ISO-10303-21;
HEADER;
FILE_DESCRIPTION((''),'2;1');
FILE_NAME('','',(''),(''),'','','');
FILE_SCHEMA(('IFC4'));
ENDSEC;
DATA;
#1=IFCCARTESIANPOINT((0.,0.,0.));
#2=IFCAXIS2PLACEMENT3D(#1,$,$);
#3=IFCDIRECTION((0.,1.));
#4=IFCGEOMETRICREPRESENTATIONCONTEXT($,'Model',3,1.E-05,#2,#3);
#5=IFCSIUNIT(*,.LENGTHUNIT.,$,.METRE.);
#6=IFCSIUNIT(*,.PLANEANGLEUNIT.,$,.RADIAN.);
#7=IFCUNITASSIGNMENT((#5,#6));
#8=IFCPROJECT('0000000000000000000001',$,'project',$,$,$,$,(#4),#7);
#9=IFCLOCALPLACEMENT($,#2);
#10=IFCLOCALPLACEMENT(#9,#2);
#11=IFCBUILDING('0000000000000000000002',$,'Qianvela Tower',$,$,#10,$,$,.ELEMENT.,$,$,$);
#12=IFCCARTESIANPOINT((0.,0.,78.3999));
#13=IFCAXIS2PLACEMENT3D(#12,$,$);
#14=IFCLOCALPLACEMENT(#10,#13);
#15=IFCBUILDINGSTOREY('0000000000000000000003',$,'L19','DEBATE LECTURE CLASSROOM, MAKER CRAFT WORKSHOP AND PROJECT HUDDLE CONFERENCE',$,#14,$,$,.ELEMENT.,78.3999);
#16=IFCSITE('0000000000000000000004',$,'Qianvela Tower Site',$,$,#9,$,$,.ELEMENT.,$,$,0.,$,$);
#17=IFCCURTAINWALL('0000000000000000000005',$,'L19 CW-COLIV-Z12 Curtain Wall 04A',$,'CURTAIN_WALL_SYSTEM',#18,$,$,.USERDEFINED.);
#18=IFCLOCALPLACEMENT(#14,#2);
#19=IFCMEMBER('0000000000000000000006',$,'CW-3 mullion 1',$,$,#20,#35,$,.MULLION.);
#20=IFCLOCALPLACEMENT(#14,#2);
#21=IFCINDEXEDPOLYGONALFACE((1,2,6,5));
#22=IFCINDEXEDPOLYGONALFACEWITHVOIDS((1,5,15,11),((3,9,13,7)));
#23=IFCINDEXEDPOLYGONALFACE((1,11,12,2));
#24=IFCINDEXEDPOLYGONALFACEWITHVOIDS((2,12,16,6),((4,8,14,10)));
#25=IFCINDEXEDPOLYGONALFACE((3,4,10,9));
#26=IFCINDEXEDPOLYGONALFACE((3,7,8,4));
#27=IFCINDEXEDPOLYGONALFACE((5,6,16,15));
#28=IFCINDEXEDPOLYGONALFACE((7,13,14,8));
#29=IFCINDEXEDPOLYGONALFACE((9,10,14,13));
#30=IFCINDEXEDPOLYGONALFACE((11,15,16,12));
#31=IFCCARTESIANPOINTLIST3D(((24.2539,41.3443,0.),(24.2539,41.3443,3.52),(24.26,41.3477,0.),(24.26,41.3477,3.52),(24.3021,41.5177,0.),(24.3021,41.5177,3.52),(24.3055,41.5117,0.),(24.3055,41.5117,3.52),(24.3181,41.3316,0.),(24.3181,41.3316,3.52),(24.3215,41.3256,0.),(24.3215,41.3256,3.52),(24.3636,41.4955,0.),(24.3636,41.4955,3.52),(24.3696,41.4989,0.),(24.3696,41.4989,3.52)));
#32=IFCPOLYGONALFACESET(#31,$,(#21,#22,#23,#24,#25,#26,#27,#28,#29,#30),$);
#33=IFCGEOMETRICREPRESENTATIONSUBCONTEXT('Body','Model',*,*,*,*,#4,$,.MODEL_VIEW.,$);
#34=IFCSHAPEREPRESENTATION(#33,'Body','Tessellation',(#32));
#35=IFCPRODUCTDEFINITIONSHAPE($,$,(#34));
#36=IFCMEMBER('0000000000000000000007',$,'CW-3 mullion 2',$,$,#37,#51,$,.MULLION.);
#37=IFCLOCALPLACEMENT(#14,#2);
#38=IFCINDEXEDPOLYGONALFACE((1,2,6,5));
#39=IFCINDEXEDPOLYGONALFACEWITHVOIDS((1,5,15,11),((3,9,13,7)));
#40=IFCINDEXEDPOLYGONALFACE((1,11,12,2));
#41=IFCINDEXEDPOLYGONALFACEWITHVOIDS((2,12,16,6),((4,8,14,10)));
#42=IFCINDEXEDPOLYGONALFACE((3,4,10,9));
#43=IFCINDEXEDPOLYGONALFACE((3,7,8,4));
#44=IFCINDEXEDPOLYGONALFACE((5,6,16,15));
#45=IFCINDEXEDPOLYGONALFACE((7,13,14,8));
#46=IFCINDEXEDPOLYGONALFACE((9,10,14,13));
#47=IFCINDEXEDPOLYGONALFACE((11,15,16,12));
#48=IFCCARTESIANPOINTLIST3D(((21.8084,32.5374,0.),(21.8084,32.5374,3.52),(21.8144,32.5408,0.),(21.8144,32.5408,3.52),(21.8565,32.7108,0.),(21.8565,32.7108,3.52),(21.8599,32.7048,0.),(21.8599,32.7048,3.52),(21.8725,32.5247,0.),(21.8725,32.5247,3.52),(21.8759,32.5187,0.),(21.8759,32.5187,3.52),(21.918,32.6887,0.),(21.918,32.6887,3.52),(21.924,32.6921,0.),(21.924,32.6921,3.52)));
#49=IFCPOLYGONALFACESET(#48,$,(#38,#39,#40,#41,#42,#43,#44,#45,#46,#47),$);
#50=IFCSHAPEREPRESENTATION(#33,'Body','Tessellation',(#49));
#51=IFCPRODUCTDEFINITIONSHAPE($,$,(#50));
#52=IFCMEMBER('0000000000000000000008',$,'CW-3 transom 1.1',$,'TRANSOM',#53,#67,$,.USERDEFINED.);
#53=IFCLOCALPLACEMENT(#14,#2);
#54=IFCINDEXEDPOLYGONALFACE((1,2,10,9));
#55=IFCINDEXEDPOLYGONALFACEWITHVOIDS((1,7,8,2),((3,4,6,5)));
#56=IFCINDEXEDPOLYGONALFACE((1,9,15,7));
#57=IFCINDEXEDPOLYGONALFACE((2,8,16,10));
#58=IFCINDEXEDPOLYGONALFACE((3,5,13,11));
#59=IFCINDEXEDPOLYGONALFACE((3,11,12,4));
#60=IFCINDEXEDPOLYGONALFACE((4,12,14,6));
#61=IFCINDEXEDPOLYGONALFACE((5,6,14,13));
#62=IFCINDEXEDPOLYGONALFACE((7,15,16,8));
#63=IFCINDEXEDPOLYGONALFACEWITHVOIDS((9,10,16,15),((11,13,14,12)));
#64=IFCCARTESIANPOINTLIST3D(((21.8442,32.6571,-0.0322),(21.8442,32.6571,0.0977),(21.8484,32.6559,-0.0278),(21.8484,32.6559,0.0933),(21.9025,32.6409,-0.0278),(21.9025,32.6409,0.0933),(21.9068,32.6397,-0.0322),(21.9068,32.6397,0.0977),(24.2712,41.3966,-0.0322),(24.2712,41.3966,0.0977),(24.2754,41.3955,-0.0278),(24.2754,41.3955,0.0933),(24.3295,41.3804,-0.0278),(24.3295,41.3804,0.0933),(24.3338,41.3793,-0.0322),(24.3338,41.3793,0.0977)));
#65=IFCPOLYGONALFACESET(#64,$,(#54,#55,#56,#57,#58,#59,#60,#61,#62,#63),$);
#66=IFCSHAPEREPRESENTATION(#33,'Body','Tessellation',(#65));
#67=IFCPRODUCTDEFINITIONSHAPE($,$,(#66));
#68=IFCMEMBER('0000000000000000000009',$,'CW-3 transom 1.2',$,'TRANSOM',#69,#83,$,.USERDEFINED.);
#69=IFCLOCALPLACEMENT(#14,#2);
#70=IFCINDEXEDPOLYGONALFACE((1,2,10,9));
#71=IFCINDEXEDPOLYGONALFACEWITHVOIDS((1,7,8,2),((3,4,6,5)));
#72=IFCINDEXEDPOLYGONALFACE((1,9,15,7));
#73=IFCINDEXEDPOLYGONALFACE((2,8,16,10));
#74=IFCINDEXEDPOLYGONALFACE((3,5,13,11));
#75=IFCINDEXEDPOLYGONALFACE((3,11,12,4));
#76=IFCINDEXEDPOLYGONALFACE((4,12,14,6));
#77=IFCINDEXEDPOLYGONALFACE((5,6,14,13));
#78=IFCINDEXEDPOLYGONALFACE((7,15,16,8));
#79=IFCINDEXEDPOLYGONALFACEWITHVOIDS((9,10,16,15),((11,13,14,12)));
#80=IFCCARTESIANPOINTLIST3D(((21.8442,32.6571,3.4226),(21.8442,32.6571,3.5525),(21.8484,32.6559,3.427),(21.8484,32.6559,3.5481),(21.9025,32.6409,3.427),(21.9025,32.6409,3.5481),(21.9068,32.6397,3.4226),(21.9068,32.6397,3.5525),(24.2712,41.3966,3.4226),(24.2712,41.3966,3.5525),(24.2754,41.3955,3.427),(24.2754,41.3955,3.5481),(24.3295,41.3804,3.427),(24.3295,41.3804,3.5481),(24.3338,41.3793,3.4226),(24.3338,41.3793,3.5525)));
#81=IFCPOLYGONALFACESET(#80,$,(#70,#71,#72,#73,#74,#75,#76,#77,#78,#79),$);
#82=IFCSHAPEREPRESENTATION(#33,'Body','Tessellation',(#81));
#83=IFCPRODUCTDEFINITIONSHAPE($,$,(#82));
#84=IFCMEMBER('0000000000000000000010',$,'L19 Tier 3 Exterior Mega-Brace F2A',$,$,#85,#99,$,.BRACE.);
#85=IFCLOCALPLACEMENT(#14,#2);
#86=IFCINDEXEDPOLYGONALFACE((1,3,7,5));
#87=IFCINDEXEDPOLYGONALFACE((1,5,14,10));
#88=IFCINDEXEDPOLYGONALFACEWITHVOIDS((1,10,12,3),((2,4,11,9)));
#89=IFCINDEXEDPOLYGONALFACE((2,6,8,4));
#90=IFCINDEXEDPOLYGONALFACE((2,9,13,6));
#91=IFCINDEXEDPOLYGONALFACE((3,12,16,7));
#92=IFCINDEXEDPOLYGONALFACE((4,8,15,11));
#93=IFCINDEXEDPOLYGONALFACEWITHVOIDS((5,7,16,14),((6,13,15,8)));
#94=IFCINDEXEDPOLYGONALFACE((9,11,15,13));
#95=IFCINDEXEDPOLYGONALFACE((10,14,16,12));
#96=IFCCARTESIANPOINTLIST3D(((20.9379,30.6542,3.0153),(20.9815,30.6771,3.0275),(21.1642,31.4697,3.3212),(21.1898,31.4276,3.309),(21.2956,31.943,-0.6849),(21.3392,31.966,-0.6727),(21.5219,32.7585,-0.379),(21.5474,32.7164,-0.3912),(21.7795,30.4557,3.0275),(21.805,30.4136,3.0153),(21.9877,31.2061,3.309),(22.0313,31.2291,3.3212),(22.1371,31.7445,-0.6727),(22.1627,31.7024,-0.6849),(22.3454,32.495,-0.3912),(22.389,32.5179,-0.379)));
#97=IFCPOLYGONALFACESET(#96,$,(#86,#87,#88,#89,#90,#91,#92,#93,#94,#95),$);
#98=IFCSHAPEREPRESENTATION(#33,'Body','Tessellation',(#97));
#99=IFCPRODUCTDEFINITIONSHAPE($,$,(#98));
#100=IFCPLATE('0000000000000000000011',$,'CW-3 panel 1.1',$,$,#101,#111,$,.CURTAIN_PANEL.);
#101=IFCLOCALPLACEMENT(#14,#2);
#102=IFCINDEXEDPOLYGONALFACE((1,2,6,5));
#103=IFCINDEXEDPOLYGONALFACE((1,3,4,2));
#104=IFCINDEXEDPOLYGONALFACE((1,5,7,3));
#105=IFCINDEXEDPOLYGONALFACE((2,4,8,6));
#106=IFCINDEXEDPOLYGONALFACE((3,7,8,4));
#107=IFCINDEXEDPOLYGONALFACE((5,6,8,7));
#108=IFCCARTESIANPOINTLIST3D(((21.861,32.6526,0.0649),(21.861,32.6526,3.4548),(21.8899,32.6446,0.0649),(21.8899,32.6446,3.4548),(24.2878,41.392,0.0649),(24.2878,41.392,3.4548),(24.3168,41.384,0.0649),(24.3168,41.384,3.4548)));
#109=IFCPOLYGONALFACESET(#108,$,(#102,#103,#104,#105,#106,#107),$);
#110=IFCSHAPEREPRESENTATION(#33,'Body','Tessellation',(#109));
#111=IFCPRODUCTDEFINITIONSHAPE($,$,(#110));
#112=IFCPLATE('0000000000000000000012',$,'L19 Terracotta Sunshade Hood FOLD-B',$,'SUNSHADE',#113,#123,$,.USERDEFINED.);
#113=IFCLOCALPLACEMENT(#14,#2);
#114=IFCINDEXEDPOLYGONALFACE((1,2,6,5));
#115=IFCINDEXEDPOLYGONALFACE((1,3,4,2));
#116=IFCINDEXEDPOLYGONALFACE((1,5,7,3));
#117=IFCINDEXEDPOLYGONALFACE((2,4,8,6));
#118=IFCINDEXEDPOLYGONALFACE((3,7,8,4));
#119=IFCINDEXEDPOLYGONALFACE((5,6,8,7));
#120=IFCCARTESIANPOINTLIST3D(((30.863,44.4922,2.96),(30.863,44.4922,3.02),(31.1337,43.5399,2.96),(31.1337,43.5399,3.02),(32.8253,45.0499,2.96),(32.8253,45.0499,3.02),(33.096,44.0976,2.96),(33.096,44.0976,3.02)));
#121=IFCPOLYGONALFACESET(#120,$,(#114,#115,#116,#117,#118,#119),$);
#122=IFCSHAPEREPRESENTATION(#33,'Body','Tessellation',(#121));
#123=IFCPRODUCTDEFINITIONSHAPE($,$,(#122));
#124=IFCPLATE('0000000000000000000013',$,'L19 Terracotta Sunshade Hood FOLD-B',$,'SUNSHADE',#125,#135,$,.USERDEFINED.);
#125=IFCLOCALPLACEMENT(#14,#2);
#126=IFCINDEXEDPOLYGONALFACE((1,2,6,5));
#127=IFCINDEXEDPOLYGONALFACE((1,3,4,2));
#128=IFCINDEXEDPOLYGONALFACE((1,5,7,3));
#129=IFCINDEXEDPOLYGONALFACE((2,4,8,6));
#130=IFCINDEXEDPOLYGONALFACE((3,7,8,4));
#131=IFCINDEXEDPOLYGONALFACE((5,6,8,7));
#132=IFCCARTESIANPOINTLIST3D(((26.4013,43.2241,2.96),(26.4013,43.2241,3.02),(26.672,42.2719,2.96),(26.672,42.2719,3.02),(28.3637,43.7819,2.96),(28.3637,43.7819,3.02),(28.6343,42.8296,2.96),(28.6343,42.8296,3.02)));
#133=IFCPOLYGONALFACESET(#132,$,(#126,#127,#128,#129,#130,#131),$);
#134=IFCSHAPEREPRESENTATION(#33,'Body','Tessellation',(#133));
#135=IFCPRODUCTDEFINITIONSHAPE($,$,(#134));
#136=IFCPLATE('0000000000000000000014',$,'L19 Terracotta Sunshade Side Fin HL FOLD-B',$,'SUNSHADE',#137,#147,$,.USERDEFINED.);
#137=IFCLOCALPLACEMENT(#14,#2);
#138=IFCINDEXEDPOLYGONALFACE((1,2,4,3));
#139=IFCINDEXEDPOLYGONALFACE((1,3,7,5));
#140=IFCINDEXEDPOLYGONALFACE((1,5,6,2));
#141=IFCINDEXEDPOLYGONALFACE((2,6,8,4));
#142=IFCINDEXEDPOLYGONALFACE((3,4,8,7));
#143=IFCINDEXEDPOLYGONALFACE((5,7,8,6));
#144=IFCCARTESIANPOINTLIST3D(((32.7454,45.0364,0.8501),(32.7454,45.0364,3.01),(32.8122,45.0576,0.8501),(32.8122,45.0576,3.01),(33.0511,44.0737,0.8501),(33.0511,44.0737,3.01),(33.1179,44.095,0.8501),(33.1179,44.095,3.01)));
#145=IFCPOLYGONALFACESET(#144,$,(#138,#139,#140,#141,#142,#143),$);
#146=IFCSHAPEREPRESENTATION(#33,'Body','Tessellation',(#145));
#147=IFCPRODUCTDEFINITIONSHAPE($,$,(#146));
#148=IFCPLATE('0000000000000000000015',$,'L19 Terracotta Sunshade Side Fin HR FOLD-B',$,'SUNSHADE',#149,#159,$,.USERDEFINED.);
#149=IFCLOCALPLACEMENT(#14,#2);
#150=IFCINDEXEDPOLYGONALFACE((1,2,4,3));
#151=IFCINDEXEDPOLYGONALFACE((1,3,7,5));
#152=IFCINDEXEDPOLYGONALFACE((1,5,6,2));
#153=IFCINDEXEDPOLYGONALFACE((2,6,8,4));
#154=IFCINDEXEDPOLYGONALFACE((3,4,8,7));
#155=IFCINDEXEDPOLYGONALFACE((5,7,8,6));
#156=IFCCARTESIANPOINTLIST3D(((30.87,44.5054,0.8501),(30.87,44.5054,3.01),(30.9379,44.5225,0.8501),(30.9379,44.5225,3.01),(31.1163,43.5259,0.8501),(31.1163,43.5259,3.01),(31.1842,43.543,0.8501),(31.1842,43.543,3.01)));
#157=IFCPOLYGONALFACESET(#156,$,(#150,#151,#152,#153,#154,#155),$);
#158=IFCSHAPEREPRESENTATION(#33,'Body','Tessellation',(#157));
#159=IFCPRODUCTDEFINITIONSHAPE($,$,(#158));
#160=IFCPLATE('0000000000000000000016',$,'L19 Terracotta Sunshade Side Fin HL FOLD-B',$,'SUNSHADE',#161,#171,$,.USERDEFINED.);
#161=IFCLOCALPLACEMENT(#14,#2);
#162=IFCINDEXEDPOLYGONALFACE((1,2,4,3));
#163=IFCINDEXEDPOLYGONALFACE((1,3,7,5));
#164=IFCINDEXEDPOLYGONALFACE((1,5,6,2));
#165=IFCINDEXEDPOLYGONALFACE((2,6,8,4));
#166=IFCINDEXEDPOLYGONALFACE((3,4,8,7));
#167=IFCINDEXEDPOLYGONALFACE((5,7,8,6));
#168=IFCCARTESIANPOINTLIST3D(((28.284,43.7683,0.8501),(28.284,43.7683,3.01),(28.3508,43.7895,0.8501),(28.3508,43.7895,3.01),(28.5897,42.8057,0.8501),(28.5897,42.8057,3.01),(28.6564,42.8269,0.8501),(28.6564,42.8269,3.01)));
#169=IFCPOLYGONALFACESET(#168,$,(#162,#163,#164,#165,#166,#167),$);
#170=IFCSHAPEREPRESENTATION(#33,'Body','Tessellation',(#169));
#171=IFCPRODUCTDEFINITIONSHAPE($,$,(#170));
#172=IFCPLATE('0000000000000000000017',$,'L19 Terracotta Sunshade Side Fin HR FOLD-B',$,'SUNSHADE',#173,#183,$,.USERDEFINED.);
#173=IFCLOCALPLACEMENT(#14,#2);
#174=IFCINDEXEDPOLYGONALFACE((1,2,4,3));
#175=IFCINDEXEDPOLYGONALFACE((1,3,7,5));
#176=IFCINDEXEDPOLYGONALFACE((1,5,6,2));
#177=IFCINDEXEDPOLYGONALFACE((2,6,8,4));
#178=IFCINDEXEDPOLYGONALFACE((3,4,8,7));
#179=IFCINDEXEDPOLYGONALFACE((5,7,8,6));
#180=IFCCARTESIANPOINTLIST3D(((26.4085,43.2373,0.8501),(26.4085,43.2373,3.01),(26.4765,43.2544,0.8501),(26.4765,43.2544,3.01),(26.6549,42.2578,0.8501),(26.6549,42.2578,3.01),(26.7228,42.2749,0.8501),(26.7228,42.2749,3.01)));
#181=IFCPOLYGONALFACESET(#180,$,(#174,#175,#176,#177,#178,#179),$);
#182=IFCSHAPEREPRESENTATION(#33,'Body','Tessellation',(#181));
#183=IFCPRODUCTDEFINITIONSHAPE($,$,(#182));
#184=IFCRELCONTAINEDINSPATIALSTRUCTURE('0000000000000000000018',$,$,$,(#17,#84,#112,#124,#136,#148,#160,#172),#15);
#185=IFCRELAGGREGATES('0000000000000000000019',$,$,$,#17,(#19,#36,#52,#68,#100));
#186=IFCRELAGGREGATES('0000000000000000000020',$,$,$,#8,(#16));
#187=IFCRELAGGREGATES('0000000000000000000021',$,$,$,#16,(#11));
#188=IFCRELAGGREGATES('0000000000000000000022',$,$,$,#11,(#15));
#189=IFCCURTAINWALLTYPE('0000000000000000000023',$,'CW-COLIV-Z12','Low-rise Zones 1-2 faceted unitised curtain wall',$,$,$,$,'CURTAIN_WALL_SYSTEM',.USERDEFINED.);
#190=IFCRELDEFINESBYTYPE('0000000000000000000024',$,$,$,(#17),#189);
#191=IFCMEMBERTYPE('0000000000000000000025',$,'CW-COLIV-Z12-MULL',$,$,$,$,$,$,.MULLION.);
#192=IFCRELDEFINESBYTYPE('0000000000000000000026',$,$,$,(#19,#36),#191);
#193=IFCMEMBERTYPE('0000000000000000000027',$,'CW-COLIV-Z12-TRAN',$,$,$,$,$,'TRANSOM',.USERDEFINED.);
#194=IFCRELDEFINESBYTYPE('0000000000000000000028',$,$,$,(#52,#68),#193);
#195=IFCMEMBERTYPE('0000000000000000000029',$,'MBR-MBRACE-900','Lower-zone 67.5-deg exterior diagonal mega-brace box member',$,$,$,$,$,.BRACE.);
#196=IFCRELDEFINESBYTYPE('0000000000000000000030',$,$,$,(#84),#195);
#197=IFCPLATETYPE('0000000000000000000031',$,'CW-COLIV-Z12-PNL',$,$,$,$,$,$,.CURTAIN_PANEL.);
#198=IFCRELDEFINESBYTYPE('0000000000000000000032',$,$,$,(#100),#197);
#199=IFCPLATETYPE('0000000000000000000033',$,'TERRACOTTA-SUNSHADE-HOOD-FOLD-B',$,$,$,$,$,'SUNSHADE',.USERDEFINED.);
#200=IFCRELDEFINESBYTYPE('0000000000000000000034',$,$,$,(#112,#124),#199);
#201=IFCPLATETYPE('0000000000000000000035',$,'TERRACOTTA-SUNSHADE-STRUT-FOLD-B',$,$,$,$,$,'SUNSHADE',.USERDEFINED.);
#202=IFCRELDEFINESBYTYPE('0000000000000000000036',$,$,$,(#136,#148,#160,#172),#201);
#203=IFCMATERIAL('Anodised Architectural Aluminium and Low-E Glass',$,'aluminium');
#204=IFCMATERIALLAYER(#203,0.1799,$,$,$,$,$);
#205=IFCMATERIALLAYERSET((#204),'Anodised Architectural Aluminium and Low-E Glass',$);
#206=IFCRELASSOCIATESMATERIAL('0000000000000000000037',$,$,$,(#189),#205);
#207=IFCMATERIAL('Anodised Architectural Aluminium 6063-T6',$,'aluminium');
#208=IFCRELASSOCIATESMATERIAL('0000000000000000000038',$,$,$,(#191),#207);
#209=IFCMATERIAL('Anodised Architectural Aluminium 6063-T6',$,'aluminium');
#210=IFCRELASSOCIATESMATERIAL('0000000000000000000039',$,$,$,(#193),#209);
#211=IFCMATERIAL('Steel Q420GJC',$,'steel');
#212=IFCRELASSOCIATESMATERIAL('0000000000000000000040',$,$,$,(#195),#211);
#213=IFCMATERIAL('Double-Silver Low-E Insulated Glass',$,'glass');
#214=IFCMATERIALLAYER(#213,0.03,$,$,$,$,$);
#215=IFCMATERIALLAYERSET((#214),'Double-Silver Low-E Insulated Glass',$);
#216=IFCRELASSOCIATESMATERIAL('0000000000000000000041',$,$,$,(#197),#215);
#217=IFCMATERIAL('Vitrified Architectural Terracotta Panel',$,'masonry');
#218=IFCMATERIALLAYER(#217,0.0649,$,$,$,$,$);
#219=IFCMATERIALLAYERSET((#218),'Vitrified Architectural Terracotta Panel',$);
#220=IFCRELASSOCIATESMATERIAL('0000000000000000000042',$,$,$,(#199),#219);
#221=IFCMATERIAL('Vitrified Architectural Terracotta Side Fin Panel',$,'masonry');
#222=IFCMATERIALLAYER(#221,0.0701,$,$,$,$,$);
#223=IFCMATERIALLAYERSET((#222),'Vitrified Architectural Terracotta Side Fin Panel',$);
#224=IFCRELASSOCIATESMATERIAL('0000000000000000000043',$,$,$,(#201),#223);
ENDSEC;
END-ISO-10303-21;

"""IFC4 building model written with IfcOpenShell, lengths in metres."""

from ifc_helpers import new_model, si_unit, direction, frame, origin, origin_2d, place, context, subcontext, project, spatial, rectangle, hollow_rectangle, extrude, material, layer, layer_set, material_profile, profile_set, type_object, element, aggregate, save


model = new_model("IFC4")

# Units and contexts
model_context = context("Model", 3, precision=1e-05, world=origin(), true_north=direction((0.0, 1.0)))
body_context = subcontext(model_context, "Body", "Model", "MODEL_VIEW")
ifc_project = project(units=[si_unit("LENGTHUNIT", "METRE"), si_unit("PLANEANGLEUNIT", "RADIAN")], contexts=[model_context])

# Site, building, storey
site_placement = place(None, origin())
site = spatial("IfcSite", under=ifc_project, at=site_placement, Name="Qianvela Tower Site", CompositionType="ELEMENT", RefElevation=0.0)
building_placement = place(site_placement, origin())
building = spatial("IfcBuilding", under=site, at=building_placement, Name="Qianvela Tower", CompositionType="ELEMENT")
storey_placement = place(building_placement, frame((0.0, 0.0, 78.3999)))
storey = spatial("IfcBuildingStorey", under=building, at=storey_placement, Name="L19", Description="DEBATE LECTURE CLASSROOM, MAKER CRAFT WORKSHOP AND PROJECT HUDDLE CONFERENCE", CompositionType="ELEMENT", Elevation=78.3999)

# Curtain wall, members
ifc_material_1 = material(Name="Anodised Architectural Aluminium and Low-E Glass", Category="aluminium")
ifc_layer_1 = layer(ifc_material_1, 0.1799)
ifc_layer_set_1 = layer_set([ifc_layer_1], Name="Anodised Architectural Aluminium and Low-E Glass")
curtain_wall_type_1 = type_object("IfcCurtainWallType", Name="CW-COLIV-Z12", Description="Low-rise Zones 1-2 faceted unitised curtain wall", ElementType="CURTAIN_WALL_SYSTEM", PredefinedType="USERDEFINED", material=ifc_layer_set_1)
curtain_wall_1_placement = place(storey_placement, origin())
curtain_wall_1 = element("IfcCurtainWall", 1, at=curtain_wall_1_placement, inside=storey, type_object=curtain_wall_type_1, Name="L19 CW-COLIV-Z12 Curtain Wall 04A", ObjectType="CURTAIN_WALL_SYSTEM", PredefinedType="USERDEFINED")
ifc_material_2 = material(Name="Anodised Architectural Aluminium 6063-T6", Category="aluminium")
ifc_material_profile_1 = material_profile(ifc_material_2, hollow_rectangle(XDim=0.0701, YDim=0.1799, WallThickness=0.0049, at=origin_2d()), Name="ALU-MULL-70x180")
ifc_profile_set_1 = profile_set([ifc_material_profile_1], Name="Anodised Architectural Aluminium 6063-T6")
member_type_1 = type_object("IfcMemberType", Name="CW-COLIV-Z12-MULL", PredefinedType="MULLION", material=ifc_profile_set_1)
member_1_placement = place(storey_placement, frame((24.3118, 41.4216, 0.0), z_axis=(0.0, 0.0, 1.0), x_axis=(0.963539, -0.267568, 0.0)))
member_1 = element("IfcMember", 2, at=member_1_placement, type_object=member_type_1, Name="CW-3 mullion 1", PredefinedType="MULLION", context=body_context, shape_type="SweptSolid", body=[
    extrude(hollow_rectangle(XDim=0.0701, YDim=0.1799, WallThickness=0.0049, at=origin_2d()), origin(), (0.0, 0.0, 1.0), 3.52),
])
member_2_placement = place(storey_placement, frame((21.8662, 32.6147, 0.0), z_axis=(0.0, 0.0, 1.0), x_axis=(0.963539, -0.267568, 0.0)))
member_2 = element("IfcMember", 3, at=member_2_placement, type_object=member_type_1, Name="CW-3 mullion 2", PredefinedType="MULLION", context=body_context, shape_type="SweptSolid", body=[
    extrude(hollow_rectangle(XDim=0.0701, YDim=0.1799, WallThickness=0.0049, at=origin_2d()), origin(), (0.0, 0.0, 1.0), 3.52),
])
ifc_material_3 = material(Name="Anodised Architectural Aluminium 6063-T6", Category="aluminium")
ifc_material_profile_2 = material_profile(ifc_material_3, hollow_rectangle(XDim=0.0649, YDim=0.1299, WallThickness=0.0044, at=origin_2d()), Name="ALU-TRAN-65x130")
ifc_profile_set_2 = profile_set([ifc_material_profile_2], Name="Anodised Architectural Aluminium 6063-T6")
member_type_2 = type_object("IfcMemberType", Name="CW-COLIV-Z12-TRAN", ElementType="TRANSOM", PredefinedType="USERDEFINED", material=ifc_profile_set_2)
member_3_placement = place(storey_placement, frame((24.3025, 41.3879, 0.0327), z_axis=(-0.267579, -0.963536, 0.0), x_axis=(0.963536, -0.267579, 0.0)))
member_3 = element("IfcMember", 4, at=member_3_placement, type_object=member_type_2, Name="CW-3 transom 1.1", ObjectType="TRANSOM", PredefinedType="USERDEFINED", context=body_context, shape_type="SweptSolid", body=[
    extrude(hollow_rectangle(XDim=0.0649, YDim=0.1299, WallThickness=0.0044, at=origin_2d()), origin(), (0.0, 0.0, 1.0), 9.0703),
])
member_4_placement = place(storey_placement, frame((24.3025, 41.3879, 3.4875), z_axis=(-0.267579, -0.963536, 0.0), x_axis=(0.963536, -0.267579, 0.0)))
member_4 = element("IfcMember", 5, at=member_4_placement, type_object=member_type_2, Name="CW-3 transom 1.2", ObjectType="TRANSOM", PredefinedType="USERDEFINED", context=body_context, shape_type="SweptSolid", body=[
    extrude(hollow_rectangle(XDim=0.0649, YDim=0.1299, WallThickness=0.0044, at=origin_2d()), origin(), (0.0, 0.0, 1.0), 9.0703),
])

# Member
ifc_material_4 = material(Name="Steel Q420GJC", Category="steel")
ifc_material_profile_3 = material_profile(ifc_material_4, hollow_rectangle(XDim=0.8999, YDim=0.8999, WallThickness=0.0359, at=origin_2d()), Name="MBOX-900x900x36")
ifc_profile_set_3 = profile_set([ifc_material_profile_3], Name="Steel Q420GJC")
member_type_3 = type_object("IfcMemberType", Name="MBR-MBRACE-900", Description="Lower-zone 67.5-deg exterior diagonal mega-brace box member", PredefinedType="BRACE", material=ifc_profile_set_3)
member_5_placement = place(storey_placement, frame((21.8423, 32.2305, -0.532), z_axis=(-0.090905, -0.327567, 0.940445), x_axis=(0.963583, -0.267409, 0.0)))
element("IfcMember", 6, at=member_5_placement, inside=storey, type_object=member_type_3, Name="L19 Tier 3 Exterior Mega-Brace F2A", PredefinedType="BRACE", context=body_context, shape_type="SweptSolid", body=[
    extrude(hollow_rectangle(XDim=0.8999, YDim=0.8999, WallThickness=0.0359, at=origin_2d()), origin(), (0.0, 0.0, 1.0), 3.9346),
])

# Plate
ifc_material_5 = material(Name="Double-Silver Low-E Insulated Glass", Category="glass")
ifc_layer_2 = layer(ifc_material_5, 0.03)
ifc_layer_set_2 = layer_set([ifc_layer_2], Name="Double-Silver Low-E Insulated Glass")
plate_type_1 = type_object("IfcPlateType", Name="CW-COLIV-Z12-PNL", PredefinedType="CURTAIN_PANEL", material=ifc_layer_set_2)
plate_placement = place(storey_placement, frame((23.0889, 37.0183, 0.0649), z_axis=(0.0, 0.0, 1.0), x_axis=(-0.267568, -0.963539, 0.0)))
plate = element("IfcPlate", 7, at=plate_placement, type_object=plate_type_1, Name="CW-3 panel 1.1", PredefinedType="CURTAIN_PANEL", context=body_context, shape_type="SweptSolid", body=[
    extrude(rectangle(XDim=9.0701, YDim=0.03, at=origin_2d()), origin(), (0.0, 0.0, 1.0), 3.3899),
])
aggregate(curtain_wall_1, [member_1, member_2, member_3, member_4, plate])

# Plates
ifc_material_6 = material(Name="Vitrified Architectural Terracotta Panel", Category="masonry")
ifc_layer_3 = layer(ifc_material_6, 0.0649)
ifc_layer_set_3 = layer_set([ifc_layer_3], Name="Vitrified Architectural Terracotta Panel")
plate_type_2 = type_object("IfcPlateType", Name="TERRACOTTA-SUNSHADE-HOOD-FOLD-B", ElementType="SUNSHADE", PredefinedType="USERDEFINED", material=ifc_layer_set_3)
for number, where, z_axis, x_axis, name in (
    (8, (31.9795, 44.2949, 2.96), (0.0, 0.0, 1.0), (-0.961903, -0.273392, 0.0), "L19 Terracotta Sunshade Hood FOLD-B"),
    (9, (27.5178, 43.0269, 2.96), (0.0, 0.0, 1.0), (-0.961903, -0.273392, 0.0), "L19 Terracotta Sunshade Hood FOLD-B"),
):
    element("IfcPlate", number, at=place(storey_placement, frame(where, z_axis=z_axis, x_axis=x_axis)), inside=storey, type_object=plate_type_2, Name=name, ObjectType="SUNSHADE", PredefinedType="USERDEFINED", context=body_context, shape_type="SweptSolid", body=[
        extrude(rectangle(XDim=2.04, YDim=0.99, at=origin_2d()), origin(), (0.0, 0.0, 1.0), 0.0601),
    ])
ifc_material_7 = material(Name="Vitrified Architectural Terracotta Side Fin Panel", Category="masonry")
ifc_layer_4 = layer(ifc_material_7, 0.0701)
ifc_layer_set_4 = layer_set([ifc_layer_4], Name="Vitrified Architectural Terracotta Side Fin Panel")
plate_type_3 = type_object("IfcPlateType", Name="TERRACOTTA-SUNSHADE-STRUT-FOLD-B", ElementType="SUNSHADE", PredefinedType="USERDEFINED", material=ifc_layer_set_4)
for number, where, z_axis, x_axis, name in (
    (10, (32.9316, 44.5657, 0.8501), (0.0, 0.0, 1.0), (-0.953105, -0.302639, 0.0), "L19 Terracotta Sunshade Side Fin HL FOLD-B"),
    (11, (31.0271, 44.0242, 0.8501), (0.0, 0.0, 1.0), (-0.969803, -0.243889, 0.0), "L19 Terracotta Sunshade Side Fin HR FOLD-B"),
    (12, (28.4702, 43.2976, 0.8501), (0.0, 0.0, 1.0), (-0.953105, -0.302639, 0.0), "L19 Terracotta Sunshade Side Fin HL FOLD-B"),
    (13, (26.5657, 42.7561, 0.8501), (0.0, 0.0, 1.0), (-0.969803, -0.243889, 0.0), "L19 Terracotta Sunshade Side Fin HR FOLD-B"),
):
    element("IfcPlate", number, at=place(storey_placement, frame(where, z_axis=z_axis, x_axis=x_axis)), inside=storey, type_object=plate_type_3, Name=name, ObjectType="SUNSHADE", PredefinedType="USERDEFINED", context=body_context, shape_type="SweptSolid", body=[
        extrude(rectangle(XDim=0.0701, YDim=1.01, at=origin_2d()), origin(), (0.0, 0.0, 1.0), 2.1599),
    ])

save(model, "model.ifc")
